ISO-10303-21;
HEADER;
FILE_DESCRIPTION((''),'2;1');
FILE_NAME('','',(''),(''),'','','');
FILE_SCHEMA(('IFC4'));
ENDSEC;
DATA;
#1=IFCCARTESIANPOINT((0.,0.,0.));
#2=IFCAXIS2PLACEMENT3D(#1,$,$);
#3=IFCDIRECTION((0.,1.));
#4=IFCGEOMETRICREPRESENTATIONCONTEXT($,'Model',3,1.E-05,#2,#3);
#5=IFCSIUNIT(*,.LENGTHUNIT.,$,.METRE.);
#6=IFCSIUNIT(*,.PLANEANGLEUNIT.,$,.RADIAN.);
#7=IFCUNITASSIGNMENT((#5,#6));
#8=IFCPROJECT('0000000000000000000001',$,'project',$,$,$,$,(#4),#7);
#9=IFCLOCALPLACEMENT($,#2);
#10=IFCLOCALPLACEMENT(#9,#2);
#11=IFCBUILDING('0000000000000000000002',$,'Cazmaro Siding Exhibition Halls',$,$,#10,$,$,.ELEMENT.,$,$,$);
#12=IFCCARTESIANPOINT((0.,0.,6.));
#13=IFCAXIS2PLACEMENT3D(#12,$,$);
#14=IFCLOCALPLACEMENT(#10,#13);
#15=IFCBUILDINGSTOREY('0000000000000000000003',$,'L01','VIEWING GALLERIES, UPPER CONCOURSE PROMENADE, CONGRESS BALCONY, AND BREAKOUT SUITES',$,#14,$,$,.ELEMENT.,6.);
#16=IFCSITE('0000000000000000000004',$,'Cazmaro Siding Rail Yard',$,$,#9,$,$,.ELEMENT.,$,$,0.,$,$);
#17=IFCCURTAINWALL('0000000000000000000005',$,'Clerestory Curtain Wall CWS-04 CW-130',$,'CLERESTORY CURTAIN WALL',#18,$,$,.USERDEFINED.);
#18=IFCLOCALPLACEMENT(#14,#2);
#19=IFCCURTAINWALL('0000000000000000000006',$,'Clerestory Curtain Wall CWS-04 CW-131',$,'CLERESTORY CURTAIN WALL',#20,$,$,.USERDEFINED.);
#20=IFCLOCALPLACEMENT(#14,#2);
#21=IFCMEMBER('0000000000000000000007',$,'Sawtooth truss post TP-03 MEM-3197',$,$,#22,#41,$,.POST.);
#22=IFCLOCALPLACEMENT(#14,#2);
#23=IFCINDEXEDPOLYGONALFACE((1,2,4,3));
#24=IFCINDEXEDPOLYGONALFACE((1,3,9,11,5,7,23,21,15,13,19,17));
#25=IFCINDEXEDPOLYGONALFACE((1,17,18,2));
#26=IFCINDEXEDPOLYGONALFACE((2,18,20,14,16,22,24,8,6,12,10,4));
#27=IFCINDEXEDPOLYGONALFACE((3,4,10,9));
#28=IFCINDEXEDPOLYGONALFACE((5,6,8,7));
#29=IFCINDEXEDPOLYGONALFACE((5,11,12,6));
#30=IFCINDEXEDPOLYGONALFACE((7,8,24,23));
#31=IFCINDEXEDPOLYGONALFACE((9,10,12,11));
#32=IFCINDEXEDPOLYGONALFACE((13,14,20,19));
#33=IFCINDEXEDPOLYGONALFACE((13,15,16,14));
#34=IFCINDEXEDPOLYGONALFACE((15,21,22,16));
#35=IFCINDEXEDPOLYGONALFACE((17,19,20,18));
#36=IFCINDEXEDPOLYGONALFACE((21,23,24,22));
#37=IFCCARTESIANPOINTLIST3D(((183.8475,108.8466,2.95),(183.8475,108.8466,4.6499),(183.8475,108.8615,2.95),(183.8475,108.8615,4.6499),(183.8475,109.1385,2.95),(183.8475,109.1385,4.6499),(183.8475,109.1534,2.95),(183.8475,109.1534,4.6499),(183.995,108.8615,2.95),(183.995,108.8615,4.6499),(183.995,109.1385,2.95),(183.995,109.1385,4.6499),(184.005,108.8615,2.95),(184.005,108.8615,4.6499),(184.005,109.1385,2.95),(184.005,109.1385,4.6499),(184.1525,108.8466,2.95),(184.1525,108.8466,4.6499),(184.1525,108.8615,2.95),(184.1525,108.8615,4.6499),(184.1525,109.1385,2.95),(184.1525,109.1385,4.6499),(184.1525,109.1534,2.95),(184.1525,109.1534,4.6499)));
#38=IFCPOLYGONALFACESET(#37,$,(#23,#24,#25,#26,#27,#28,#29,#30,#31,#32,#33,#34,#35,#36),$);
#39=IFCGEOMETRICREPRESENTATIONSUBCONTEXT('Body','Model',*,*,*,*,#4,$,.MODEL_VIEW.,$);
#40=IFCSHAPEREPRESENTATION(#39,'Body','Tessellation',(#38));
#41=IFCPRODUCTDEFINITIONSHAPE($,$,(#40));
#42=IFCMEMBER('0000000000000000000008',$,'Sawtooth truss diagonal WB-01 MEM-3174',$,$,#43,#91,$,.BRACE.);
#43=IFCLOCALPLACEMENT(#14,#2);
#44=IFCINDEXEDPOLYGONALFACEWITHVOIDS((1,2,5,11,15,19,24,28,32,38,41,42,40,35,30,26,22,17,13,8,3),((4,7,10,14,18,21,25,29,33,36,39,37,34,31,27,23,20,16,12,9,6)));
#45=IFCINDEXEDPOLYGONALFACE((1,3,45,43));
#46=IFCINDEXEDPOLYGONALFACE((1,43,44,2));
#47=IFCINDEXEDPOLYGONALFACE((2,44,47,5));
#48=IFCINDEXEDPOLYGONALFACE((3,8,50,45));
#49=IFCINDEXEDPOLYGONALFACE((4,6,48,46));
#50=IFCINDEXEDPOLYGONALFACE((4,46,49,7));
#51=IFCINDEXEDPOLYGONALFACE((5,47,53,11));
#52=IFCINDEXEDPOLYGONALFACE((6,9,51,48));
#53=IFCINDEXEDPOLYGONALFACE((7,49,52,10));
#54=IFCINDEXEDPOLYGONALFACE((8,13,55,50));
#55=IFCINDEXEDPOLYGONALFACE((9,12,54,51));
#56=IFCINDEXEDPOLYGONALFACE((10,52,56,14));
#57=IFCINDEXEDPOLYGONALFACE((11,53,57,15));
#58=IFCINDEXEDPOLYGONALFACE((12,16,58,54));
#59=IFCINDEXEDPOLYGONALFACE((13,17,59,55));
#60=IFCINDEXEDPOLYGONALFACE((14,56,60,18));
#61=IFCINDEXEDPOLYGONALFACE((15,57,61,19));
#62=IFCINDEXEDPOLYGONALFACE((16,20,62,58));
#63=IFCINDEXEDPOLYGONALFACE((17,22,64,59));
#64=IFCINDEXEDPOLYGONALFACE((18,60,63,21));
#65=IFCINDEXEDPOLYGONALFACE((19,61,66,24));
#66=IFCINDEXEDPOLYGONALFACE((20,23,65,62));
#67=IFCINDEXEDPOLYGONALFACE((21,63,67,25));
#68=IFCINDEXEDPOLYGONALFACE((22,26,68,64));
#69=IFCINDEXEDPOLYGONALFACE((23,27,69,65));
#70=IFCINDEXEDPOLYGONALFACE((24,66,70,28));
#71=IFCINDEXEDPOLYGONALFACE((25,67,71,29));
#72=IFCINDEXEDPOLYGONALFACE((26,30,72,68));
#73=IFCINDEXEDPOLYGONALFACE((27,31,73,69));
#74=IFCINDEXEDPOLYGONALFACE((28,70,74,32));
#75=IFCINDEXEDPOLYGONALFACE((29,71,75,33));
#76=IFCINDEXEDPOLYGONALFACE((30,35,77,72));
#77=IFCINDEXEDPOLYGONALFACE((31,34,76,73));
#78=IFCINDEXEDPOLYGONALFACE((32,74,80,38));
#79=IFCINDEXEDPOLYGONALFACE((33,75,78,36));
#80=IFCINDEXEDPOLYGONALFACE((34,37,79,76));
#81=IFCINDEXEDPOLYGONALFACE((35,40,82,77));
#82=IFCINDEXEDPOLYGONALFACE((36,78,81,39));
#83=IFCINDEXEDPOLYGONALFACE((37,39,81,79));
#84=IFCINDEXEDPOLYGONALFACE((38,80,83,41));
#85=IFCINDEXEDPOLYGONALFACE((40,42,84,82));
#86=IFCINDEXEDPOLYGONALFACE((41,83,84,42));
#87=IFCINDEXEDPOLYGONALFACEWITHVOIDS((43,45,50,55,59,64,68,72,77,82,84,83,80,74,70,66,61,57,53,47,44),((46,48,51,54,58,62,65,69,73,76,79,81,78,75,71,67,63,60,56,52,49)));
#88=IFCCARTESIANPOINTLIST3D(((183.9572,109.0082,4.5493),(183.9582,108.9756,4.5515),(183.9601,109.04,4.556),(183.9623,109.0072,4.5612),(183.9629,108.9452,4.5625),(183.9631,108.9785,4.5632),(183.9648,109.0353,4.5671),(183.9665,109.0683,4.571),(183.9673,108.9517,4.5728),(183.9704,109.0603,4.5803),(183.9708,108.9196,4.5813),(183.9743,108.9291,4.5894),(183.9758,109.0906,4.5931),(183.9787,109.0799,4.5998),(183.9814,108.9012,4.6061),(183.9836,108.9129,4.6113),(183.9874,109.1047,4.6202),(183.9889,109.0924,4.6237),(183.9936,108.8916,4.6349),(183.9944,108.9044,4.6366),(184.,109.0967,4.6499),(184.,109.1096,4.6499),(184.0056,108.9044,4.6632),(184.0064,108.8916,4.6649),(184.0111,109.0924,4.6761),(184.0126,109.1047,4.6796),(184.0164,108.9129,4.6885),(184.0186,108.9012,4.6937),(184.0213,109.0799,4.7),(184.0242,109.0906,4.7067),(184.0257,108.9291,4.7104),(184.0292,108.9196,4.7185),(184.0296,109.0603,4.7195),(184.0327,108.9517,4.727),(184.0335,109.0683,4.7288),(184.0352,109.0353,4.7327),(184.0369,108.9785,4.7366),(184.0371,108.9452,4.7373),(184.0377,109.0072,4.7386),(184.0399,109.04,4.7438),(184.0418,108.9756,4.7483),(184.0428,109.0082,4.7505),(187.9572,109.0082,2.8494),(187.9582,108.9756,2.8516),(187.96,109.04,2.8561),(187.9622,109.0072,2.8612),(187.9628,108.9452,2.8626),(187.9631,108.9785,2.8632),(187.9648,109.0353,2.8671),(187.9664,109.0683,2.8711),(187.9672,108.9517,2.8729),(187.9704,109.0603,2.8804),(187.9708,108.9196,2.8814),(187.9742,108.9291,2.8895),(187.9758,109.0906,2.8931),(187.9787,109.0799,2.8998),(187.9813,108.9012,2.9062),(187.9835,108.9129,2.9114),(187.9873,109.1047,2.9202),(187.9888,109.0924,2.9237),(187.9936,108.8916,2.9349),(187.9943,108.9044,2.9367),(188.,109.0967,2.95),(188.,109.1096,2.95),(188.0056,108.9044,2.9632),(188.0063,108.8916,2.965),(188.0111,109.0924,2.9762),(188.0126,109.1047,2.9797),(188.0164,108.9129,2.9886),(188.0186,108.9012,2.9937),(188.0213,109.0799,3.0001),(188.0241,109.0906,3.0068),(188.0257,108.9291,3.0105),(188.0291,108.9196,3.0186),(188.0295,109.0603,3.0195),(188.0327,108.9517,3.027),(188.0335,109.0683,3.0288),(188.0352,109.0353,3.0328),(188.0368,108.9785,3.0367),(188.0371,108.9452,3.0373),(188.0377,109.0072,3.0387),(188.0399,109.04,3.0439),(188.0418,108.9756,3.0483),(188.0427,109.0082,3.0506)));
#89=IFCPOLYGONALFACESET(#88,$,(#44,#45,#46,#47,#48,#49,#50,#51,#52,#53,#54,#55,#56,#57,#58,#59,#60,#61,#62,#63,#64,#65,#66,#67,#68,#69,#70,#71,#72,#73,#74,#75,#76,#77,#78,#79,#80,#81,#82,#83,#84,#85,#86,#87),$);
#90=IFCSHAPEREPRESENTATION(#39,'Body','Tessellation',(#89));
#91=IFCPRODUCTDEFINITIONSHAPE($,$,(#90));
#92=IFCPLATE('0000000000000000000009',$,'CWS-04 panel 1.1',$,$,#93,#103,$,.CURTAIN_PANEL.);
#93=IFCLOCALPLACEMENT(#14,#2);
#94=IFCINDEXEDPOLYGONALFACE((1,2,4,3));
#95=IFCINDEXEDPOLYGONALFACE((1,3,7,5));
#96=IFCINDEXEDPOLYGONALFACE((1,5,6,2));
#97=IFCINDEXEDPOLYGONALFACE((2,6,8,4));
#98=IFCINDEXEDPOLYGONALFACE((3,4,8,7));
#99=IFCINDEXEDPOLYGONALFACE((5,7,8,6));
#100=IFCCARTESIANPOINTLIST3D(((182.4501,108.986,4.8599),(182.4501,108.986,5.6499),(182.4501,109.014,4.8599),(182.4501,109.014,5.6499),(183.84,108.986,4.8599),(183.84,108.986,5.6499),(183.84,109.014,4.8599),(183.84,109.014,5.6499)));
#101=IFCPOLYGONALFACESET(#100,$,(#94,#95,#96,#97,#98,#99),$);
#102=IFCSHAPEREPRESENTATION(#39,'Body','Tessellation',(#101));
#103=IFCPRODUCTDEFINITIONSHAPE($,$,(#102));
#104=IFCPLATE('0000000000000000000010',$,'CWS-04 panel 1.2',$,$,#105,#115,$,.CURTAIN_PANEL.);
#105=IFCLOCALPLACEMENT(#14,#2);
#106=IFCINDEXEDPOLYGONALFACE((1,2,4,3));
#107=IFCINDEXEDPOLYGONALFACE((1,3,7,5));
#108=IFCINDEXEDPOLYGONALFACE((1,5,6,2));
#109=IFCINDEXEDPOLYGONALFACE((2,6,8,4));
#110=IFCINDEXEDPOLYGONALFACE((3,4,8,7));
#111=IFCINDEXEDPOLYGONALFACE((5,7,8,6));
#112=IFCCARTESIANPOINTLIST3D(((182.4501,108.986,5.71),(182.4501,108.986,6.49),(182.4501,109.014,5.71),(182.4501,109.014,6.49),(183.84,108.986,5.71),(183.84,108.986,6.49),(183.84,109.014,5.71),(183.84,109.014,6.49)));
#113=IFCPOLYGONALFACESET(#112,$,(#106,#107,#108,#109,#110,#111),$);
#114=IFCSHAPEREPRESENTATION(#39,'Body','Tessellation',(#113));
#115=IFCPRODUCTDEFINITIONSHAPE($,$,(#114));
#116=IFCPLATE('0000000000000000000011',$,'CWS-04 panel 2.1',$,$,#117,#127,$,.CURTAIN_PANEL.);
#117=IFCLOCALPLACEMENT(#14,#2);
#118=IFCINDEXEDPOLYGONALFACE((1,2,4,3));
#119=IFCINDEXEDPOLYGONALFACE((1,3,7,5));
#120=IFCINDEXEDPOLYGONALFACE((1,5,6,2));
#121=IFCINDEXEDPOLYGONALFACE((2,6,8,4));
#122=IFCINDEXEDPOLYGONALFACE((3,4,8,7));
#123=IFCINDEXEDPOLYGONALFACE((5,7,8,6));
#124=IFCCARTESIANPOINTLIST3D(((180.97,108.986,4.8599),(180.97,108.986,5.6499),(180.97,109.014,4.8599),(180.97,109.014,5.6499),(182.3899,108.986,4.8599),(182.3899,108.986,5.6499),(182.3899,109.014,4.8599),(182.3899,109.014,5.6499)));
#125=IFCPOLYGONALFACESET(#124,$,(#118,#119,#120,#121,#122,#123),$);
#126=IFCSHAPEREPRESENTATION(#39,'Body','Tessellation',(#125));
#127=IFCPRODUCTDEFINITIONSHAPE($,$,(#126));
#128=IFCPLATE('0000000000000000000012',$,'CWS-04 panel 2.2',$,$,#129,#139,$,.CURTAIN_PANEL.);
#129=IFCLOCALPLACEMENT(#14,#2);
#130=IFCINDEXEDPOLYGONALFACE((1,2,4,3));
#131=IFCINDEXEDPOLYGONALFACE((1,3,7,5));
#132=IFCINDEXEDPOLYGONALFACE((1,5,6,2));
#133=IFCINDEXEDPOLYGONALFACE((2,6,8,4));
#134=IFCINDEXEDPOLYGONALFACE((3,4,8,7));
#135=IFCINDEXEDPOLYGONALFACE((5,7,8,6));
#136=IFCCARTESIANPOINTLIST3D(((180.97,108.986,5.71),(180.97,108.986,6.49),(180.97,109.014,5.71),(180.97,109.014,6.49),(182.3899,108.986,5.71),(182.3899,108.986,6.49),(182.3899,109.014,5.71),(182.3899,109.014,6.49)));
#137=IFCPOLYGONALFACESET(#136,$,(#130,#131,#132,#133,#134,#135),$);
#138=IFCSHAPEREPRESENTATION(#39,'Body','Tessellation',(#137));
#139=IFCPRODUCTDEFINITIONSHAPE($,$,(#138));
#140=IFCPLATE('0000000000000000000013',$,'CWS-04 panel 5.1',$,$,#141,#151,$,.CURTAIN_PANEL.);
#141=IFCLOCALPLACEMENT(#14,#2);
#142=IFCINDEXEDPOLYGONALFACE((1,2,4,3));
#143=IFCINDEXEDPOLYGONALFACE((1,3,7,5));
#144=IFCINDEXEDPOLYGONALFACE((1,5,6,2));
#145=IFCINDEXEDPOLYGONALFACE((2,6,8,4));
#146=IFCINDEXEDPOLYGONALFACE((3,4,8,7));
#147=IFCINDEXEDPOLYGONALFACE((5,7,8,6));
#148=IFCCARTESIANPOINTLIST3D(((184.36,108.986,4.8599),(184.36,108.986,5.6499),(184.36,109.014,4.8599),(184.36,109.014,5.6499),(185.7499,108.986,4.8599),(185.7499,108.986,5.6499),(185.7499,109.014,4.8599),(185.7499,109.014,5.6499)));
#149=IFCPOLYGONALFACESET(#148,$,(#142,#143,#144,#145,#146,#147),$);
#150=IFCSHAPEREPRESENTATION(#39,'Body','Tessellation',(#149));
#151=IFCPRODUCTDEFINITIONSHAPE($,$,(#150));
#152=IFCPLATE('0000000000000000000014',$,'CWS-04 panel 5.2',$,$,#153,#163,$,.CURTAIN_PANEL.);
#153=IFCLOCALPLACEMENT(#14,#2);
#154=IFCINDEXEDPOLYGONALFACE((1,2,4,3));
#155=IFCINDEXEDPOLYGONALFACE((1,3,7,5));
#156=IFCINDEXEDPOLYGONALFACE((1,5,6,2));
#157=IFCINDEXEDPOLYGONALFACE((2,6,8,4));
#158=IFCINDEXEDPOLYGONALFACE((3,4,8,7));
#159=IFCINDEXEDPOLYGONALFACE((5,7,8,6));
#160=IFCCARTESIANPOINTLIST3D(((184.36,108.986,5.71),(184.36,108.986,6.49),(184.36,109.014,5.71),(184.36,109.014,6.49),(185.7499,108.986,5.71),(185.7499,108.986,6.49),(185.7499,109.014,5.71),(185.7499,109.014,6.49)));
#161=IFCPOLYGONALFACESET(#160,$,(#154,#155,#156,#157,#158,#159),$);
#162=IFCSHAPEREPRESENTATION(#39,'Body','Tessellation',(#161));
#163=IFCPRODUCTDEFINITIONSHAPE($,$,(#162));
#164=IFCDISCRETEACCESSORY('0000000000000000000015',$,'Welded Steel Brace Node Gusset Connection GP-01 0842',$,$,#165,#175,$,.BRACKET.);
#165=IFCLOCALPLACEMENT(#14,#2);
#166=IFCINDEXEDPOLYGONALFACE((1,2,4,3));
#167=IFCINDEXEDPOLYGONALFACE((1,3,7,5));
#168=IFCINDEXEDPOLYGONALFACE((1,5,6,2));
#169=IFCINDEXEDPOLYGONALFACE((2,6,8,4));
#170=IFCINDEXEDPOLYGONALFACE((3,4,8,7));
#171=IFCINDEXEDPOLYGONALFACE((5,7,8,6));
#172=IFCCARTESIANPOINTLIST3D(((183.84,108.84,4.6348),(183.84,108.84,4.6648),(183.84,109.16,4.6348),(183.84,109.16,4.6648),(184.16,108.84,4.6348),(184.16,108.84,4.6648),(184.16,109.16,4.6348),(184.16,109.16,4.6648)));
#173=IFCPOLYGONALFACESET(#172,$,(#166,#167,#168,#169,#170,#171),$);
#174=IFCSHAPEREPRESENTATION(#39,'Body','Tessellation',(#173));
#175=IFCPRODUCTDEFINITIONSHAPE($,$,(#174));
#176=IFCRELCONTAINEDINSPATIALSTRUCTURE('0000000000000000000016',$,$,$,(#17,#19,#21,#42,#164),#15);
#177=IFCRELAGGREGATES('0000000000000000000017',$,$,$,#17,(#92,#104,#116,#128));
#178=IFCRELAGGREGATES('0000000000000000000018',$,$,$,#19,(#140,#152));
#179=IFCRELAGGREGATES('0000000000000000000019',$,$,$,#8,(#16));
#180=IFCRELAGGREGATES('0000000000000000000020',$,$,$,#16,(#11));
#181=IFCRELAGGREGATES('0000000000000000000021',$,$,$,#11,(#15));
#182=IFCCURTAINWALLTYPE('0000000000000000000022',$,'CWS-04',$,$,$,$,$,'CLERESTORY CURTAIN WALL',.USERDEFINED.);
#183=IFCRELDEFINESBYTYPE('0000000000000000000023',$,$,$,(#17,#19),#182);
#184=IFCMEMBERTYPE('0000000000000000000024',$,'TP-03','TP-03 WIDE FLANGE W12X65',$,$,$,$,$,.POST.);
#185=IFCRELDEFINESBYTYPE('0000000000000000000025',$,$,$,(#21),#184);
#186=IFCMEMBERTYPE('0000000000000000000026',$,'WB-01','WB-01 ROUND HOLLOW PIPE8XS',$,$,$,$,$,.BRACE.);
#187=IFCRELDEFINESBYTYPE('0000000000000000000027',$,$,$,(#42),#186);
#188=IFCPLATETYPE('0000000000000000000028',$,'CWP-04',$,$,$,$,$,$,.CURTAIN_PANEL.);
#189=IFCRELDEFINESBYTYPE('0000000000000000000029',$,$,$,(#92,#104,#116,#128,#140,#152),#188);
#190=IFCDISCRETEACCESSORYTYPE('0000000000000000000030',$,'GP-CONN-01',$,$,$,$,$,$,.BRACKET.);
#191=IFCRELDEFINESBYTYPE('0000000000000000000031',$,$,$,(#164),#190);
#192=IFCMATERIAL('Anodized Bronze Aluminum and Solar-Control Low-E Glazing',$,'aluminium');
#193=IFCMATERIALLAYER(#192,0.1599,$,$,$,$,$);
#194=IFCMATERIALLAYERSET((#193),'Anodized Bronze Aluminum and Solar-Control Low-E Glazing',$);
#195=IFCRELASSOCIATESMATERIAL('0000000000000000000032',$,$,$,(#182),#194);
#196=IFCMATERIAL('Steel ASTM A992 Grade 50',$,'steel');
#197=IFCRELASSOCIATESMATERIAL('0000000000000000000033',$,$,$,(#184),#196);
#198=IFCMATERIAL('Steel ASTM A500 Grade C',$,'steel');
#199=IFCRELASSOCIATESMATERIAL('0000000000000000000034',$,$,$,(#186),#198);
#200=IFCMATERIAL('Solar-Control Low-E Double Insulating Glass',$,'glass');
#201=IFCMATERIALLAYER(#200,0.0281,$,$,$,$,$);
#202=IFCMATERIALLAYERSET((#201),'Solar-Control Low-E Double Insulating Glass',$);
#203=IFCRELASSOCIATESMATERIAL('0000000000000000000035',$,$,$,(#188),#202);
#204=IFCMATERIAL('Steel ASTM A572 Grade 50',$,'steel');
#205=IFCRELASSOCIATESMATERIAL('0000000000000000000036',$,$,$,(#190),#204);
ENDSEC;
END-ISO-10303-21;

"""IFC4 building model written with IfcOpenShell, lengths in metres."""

from ifc_helpers import new_model, si_unit, direction, frame, origin, origin_2d, place, context, subcontext, project, spatial, rectangle, hollow_circle, i_section, extrude, material, layer, layer_set, material_profile, profile_set, type_object, element, aggregate, save


model = new_model("IFC4")

# Units and contexts
model_context = context("Model", 3, precision=1e-05, world=origin(), true_north=direction((0.0, 1.0)))
body_context = subcontext(model_context, "Body", "Model", "MODEL_VIEW")
ifc_project = project(units=[si_unit("LENGTHUNIT", "METRE"), si_unit("PLANEANGLEUNIT", "RADIAN")], contexts=[model_context])

# Site, building, storey
site_placement = place(None, origin())
site = spatial("IfcSite", under=ifc_project, at=site_placement, Name="Cazmaro Siding Rail Yard", CompositionType="ELEMENT", RefElevation=0.0)
building_placement = place(site_placement, origin())
building = spatial("IfcBuilding", under=site, at=building_placement, Name="Cazmaro Siding Exhibition Halls", CompositionType="ELEMENT")
storey_placement = place(building_placement, frame((0.0, 0.0, 6.0)))
storey = spatial("IfcBuildingStorey", under=building, at=storey_placement, Name="L01", Description="VIEWING GALLERIES, UPPER CONCOURSE PROMENADE, CONGRESS BALCONY, AND BREAKOUT SUITES", CompositionType="ELEMENT", Elevation=6.0)

# Curtain wall
ifc_material_1 = material(Name="Anodized Bronze Aluminum and Solar-Control Low-E Glazing", Category="aluminium")
ifc_layer_1 = layer(ifc_material_1, 0.1599)
ifc_layer_set_1 = layer_set([ifc_layer_1], Name="Anodized Bronze Aluminum and Solar-Control Low-E Glazing")
curtain_wall_type = type_object("IfcCurtainWallType", Name="CWS-04", ElementType="CLERESTORY CURTAIN WALL", PredefinedType="USERDEFINED", material=ifc_layer_set_1)
curtain_wall_1_placement = place(storey_placement, origin())
curtain_wall_1 = element("IfcCurtainWall", 1, at=curtain_wall_1_placement, inside=storey, type_object=curtain_wall_type, Name="Clerestory Curtain Wall CWS-04 CW-130", ObjectType="CLERESTORY CURTAIN WALL", PredefinedType="USERDEFINED")

# Curtain wall
curtain_wall_2_placement = place(storey_placement, origin())
curtain_wall_2 = element("IfcCurtainWall", 2, at=curtain_wall_2_placement, inside=storey, type_object=curtain_wall_type, Name="Clerestory Curtain Wall CWS-04 CW-131", ObjectType="CLERESTORY CURTAIN WALL", PredefinedType="USERDEFINED")

# Members
ifc_material_2 = material(Name="Steel ASTM A992 Grade 50", Category="steel")
ifc_material_profile_1 = material_profile(ifc_material_2, i_section(OverallWidth=0.3049, OverallDepth=0.3069, WebThickness=0.01, FlangeThickness=0.0149, at=origin_2d()), Name="W12X65")
ifc_profile_set_1 = profile_set([ifc_material_profile_1], Name="Steel ASTM A992 Grade 50")
member_type_1 = type_object("IfcMemberType", Name="TP-03", Description="TP-03 WIDE FLANGE W12X65", PredefinedType="POST", material=ifc_profile_set_1)
member_1_placement = place(storey_placement, frame((184.0, 109.0, 2.95), z_axis=(0.0, 0.0, 1.0), x_axis=(1.0, 0.0, 0.0)))
element("IfcMember", 3, at=member_1_placement, inside=storey, type_object=member_type_1, Name="Sawtooth truss post TP-03 MEM-3197", PredefinedType="POST", context=body_context, shape_type="SweptSolid", body=[
    extrude(i_section(OverallWidth=0.3049, OverallDepth=0.3069, WebThickness=0.01, FlangeThickness=0.0149, at=origin_2d()), origin(), (0.0, 0.0, 1.0), 1.7),
])
ifc_material_3 = material(Name="Steel ASTM A500 Grade C", Category="steel")
ifc_material_profile_2 = material_profile(ifc_material_3, hollow_circle(Radius=0.1096, WallThickness=0.0129, at=origin_2d()), Name="PIPE8XS")
ifc_profile_set_2 = profile_set([ifc_material_profile_2], Name="Steel ASTM A500 Grade C")
member_type_2 = type_object("IfcMemberType", Name="WB-01", Description="WB-01 ROUND HOLLOW PIPE8XS", PredefinedType="BRACE", material=ifc_profile_set_2)
member_2_placement = place(storey_placement, frame((184.0, 109.0, 4.6499), z_axis=(0.920335, 0.0, -0.391131), x_axis=(0.0, 1.0, 0.0)))
element("IfcMember", 4, at=member_2_placement, inside=storey, type_object=member_type_2, Name="Sawtooth truss diagonal WB-01 MEM-3174", PredefinedType="BRACE", context=body_context, shape_type="SweptSolid", body=[
    extrude(hollow_circle(Radius=0.1096, WallThickness=0.0129, at=origin_2d()), origin(), (0.0, 0.0, 1.0), 4.3462),
])

# Plates
ifc_material_4 = material(Name="Solar-Control Low-E Double Insulating Glass", Category="glass")
ifc_layer_2 = layer(ifc_material_4, 0.0281)
ifc_layer_set_2 = layer_set([ifc_layer_2], Name="Solar-Control Low-E Double Insulating Glass")
plate_type = type_object("IfcPlateType", Name="CWP-04", PredefinedType="CURTAIN_PANEL", material=ifc_layer_set_2)
plate_1_placement = place(storey_placement, frame((183.145, 109.0, 4.8599), z_axis=(0.0, 0.0, 1.0), x_axis=(-1.0, 0.0, 0.0)))
plate_1 = element("IfcPlate", 5, at=plate_1_placement, type_object=plate_type, Name="CWS-04 panel 1.1", PredefinedType="CURTAIN_PANEL", context=body_context, shape_type="SweptSolid", body=[
    extrude(rectangle(XDim=1.3899, YDim=0.0281, at=origin_2d()), origin(), (0.0, 0.0, 1.0), 0.79),
])
plate_2_placement = place(storey_placement, frame((183.145, 109.0, 5.71), z_axis=(0.0, 0.0, 1.0), x_axis=(-1.0, 0.0, 0.0)))
plate_2 = element("IfcPlate", 6, at=plate_2_placement, type_object=plate_type, Name="CWS-04 panel 1.2", PredefinedType="CURTAIN_PANEL", context=body_context, shape_type="SweptSolid", body=[
    extrude(rectangle(XDim=1.3899, YDim=0.0281, at=origin_2d()), origin(), (0.0, 0.0, 1.0), 0.78),
])
plate_3_placement = place(storey_placement, frame((181.6799, 109.0, 4.8599), z_axis=(0.0, 0.0, 1.0), x_axis=(-1.0, 0.0, 0.0)))
plate_3 = element("IfcPlate", 7, at=plate_3_placement, type_object=plate_type, Name="CWS-04 panel 2.1", PredefinedType="CURTAIN_PANEL", context=body_context, shape_type="SweptSolid", body=[
    extrude(rectangle(XDim=1.4199, YDim=0.0281, at=origin_2d()), origin(), (0.0, 0.0, 1.0), 0.79),
])
plate_4_placement = place(storey_placement, frame((181.6799, 109.0, 5.71), z_axis=(0.0, 0.0, 1.0), x_axis=(-1.0, 0.0, 0.0)))
plate_4 = element("IfcPlate", 8, at=plate_4_placement, type_object=plate_type, Name="CWS-04 panel 2.2", PredefinedType="CURTAIN_PANEL", context=body_context, shape_type="SweptSolid", body=[
    extrude(rectangle(XDim=1.4199, YDim=0.0281, at=origin_2d()), origin(), (0.0, 0.0, 1.0), 0.78),
])
aggregate(curtain_wall_1, [plate_1, plate_2, plate_3, plate_4])
plate_5_placement = place(storey_placement, frame((185.0549, 109.0, 4.8599), z_axis=(0.0, 0.0, 1.0), x_axis=(-1.0, 0.0, 0.0)))
plate_5 = element("IfcPlate", 9, at=plate_5_placement, type_object=plate_type, Name="CWS-04 panel 5.1", PredefinedType="CURTAIN_PANEL", context=body_context, shape_type="SweptSolid", body=[
    extrude(rectangle(XDim=1.3899, YDim=0.0281, at=origin_2d()), origin(), (0.0, 0.0, 1.0), 0.79),
])
plate_6_placement = place(storey_placement, frame((185.0549, 109.0, 5.71), z_axis=(0.0, 0.0, 1.0), x_axis=(-1.0, 0.0, 0.0)))
plate_6 = element("IfcPlate", 10, at=plate_6_placement, type_object=plate_type, Name="CWS-04 panel 5.2", PredefinedType="CURTAIN_PANEL", context=body_context, shape_type="SweptSolid", body=[
    extrude(rectangle(XDim=1.3899, YDim=0.0281, at=origin_2d()), origin(), (0.0, 0.0, 1.0), 0.78),
])
aggregate(curtain_wall_2, [plate_5, plate_6])

# Discrete accessory
ifc_material_5 = material(Name="Steel ASTM A572 Grade 50", Category="steel")
discrete_accessory_type = type_object("IfcDiscreteAccessoryType", Name="GP-CONN-01", PredefinedType="BRACKET", material=ifc_material_5)
discrete_accessory_placement = place(storey_placement, frame((184.0, 109.0, 4.6348), z_axis=(0.0, 0.0, 1.0), x_axis=(1.0, 0.0, 0.0)))
element("IfcDiscreteAccessory", 11, at=discrete_accessory_placement, inside=storey, type_object=discrete_accessory_type, Name="Welded Steel Brace Node Gusset Connection GP-01 0842", PredefinedType="BRACKET", context=body_context, shape_type="SweptSolid", body=[
    extrude(rectangle(XDim=0.3201, YDim=0.3201, at=origin_2d()), origin(), (0.0, 0.0, 1.0), 0.03),
])

save(model, "model.ifc")
